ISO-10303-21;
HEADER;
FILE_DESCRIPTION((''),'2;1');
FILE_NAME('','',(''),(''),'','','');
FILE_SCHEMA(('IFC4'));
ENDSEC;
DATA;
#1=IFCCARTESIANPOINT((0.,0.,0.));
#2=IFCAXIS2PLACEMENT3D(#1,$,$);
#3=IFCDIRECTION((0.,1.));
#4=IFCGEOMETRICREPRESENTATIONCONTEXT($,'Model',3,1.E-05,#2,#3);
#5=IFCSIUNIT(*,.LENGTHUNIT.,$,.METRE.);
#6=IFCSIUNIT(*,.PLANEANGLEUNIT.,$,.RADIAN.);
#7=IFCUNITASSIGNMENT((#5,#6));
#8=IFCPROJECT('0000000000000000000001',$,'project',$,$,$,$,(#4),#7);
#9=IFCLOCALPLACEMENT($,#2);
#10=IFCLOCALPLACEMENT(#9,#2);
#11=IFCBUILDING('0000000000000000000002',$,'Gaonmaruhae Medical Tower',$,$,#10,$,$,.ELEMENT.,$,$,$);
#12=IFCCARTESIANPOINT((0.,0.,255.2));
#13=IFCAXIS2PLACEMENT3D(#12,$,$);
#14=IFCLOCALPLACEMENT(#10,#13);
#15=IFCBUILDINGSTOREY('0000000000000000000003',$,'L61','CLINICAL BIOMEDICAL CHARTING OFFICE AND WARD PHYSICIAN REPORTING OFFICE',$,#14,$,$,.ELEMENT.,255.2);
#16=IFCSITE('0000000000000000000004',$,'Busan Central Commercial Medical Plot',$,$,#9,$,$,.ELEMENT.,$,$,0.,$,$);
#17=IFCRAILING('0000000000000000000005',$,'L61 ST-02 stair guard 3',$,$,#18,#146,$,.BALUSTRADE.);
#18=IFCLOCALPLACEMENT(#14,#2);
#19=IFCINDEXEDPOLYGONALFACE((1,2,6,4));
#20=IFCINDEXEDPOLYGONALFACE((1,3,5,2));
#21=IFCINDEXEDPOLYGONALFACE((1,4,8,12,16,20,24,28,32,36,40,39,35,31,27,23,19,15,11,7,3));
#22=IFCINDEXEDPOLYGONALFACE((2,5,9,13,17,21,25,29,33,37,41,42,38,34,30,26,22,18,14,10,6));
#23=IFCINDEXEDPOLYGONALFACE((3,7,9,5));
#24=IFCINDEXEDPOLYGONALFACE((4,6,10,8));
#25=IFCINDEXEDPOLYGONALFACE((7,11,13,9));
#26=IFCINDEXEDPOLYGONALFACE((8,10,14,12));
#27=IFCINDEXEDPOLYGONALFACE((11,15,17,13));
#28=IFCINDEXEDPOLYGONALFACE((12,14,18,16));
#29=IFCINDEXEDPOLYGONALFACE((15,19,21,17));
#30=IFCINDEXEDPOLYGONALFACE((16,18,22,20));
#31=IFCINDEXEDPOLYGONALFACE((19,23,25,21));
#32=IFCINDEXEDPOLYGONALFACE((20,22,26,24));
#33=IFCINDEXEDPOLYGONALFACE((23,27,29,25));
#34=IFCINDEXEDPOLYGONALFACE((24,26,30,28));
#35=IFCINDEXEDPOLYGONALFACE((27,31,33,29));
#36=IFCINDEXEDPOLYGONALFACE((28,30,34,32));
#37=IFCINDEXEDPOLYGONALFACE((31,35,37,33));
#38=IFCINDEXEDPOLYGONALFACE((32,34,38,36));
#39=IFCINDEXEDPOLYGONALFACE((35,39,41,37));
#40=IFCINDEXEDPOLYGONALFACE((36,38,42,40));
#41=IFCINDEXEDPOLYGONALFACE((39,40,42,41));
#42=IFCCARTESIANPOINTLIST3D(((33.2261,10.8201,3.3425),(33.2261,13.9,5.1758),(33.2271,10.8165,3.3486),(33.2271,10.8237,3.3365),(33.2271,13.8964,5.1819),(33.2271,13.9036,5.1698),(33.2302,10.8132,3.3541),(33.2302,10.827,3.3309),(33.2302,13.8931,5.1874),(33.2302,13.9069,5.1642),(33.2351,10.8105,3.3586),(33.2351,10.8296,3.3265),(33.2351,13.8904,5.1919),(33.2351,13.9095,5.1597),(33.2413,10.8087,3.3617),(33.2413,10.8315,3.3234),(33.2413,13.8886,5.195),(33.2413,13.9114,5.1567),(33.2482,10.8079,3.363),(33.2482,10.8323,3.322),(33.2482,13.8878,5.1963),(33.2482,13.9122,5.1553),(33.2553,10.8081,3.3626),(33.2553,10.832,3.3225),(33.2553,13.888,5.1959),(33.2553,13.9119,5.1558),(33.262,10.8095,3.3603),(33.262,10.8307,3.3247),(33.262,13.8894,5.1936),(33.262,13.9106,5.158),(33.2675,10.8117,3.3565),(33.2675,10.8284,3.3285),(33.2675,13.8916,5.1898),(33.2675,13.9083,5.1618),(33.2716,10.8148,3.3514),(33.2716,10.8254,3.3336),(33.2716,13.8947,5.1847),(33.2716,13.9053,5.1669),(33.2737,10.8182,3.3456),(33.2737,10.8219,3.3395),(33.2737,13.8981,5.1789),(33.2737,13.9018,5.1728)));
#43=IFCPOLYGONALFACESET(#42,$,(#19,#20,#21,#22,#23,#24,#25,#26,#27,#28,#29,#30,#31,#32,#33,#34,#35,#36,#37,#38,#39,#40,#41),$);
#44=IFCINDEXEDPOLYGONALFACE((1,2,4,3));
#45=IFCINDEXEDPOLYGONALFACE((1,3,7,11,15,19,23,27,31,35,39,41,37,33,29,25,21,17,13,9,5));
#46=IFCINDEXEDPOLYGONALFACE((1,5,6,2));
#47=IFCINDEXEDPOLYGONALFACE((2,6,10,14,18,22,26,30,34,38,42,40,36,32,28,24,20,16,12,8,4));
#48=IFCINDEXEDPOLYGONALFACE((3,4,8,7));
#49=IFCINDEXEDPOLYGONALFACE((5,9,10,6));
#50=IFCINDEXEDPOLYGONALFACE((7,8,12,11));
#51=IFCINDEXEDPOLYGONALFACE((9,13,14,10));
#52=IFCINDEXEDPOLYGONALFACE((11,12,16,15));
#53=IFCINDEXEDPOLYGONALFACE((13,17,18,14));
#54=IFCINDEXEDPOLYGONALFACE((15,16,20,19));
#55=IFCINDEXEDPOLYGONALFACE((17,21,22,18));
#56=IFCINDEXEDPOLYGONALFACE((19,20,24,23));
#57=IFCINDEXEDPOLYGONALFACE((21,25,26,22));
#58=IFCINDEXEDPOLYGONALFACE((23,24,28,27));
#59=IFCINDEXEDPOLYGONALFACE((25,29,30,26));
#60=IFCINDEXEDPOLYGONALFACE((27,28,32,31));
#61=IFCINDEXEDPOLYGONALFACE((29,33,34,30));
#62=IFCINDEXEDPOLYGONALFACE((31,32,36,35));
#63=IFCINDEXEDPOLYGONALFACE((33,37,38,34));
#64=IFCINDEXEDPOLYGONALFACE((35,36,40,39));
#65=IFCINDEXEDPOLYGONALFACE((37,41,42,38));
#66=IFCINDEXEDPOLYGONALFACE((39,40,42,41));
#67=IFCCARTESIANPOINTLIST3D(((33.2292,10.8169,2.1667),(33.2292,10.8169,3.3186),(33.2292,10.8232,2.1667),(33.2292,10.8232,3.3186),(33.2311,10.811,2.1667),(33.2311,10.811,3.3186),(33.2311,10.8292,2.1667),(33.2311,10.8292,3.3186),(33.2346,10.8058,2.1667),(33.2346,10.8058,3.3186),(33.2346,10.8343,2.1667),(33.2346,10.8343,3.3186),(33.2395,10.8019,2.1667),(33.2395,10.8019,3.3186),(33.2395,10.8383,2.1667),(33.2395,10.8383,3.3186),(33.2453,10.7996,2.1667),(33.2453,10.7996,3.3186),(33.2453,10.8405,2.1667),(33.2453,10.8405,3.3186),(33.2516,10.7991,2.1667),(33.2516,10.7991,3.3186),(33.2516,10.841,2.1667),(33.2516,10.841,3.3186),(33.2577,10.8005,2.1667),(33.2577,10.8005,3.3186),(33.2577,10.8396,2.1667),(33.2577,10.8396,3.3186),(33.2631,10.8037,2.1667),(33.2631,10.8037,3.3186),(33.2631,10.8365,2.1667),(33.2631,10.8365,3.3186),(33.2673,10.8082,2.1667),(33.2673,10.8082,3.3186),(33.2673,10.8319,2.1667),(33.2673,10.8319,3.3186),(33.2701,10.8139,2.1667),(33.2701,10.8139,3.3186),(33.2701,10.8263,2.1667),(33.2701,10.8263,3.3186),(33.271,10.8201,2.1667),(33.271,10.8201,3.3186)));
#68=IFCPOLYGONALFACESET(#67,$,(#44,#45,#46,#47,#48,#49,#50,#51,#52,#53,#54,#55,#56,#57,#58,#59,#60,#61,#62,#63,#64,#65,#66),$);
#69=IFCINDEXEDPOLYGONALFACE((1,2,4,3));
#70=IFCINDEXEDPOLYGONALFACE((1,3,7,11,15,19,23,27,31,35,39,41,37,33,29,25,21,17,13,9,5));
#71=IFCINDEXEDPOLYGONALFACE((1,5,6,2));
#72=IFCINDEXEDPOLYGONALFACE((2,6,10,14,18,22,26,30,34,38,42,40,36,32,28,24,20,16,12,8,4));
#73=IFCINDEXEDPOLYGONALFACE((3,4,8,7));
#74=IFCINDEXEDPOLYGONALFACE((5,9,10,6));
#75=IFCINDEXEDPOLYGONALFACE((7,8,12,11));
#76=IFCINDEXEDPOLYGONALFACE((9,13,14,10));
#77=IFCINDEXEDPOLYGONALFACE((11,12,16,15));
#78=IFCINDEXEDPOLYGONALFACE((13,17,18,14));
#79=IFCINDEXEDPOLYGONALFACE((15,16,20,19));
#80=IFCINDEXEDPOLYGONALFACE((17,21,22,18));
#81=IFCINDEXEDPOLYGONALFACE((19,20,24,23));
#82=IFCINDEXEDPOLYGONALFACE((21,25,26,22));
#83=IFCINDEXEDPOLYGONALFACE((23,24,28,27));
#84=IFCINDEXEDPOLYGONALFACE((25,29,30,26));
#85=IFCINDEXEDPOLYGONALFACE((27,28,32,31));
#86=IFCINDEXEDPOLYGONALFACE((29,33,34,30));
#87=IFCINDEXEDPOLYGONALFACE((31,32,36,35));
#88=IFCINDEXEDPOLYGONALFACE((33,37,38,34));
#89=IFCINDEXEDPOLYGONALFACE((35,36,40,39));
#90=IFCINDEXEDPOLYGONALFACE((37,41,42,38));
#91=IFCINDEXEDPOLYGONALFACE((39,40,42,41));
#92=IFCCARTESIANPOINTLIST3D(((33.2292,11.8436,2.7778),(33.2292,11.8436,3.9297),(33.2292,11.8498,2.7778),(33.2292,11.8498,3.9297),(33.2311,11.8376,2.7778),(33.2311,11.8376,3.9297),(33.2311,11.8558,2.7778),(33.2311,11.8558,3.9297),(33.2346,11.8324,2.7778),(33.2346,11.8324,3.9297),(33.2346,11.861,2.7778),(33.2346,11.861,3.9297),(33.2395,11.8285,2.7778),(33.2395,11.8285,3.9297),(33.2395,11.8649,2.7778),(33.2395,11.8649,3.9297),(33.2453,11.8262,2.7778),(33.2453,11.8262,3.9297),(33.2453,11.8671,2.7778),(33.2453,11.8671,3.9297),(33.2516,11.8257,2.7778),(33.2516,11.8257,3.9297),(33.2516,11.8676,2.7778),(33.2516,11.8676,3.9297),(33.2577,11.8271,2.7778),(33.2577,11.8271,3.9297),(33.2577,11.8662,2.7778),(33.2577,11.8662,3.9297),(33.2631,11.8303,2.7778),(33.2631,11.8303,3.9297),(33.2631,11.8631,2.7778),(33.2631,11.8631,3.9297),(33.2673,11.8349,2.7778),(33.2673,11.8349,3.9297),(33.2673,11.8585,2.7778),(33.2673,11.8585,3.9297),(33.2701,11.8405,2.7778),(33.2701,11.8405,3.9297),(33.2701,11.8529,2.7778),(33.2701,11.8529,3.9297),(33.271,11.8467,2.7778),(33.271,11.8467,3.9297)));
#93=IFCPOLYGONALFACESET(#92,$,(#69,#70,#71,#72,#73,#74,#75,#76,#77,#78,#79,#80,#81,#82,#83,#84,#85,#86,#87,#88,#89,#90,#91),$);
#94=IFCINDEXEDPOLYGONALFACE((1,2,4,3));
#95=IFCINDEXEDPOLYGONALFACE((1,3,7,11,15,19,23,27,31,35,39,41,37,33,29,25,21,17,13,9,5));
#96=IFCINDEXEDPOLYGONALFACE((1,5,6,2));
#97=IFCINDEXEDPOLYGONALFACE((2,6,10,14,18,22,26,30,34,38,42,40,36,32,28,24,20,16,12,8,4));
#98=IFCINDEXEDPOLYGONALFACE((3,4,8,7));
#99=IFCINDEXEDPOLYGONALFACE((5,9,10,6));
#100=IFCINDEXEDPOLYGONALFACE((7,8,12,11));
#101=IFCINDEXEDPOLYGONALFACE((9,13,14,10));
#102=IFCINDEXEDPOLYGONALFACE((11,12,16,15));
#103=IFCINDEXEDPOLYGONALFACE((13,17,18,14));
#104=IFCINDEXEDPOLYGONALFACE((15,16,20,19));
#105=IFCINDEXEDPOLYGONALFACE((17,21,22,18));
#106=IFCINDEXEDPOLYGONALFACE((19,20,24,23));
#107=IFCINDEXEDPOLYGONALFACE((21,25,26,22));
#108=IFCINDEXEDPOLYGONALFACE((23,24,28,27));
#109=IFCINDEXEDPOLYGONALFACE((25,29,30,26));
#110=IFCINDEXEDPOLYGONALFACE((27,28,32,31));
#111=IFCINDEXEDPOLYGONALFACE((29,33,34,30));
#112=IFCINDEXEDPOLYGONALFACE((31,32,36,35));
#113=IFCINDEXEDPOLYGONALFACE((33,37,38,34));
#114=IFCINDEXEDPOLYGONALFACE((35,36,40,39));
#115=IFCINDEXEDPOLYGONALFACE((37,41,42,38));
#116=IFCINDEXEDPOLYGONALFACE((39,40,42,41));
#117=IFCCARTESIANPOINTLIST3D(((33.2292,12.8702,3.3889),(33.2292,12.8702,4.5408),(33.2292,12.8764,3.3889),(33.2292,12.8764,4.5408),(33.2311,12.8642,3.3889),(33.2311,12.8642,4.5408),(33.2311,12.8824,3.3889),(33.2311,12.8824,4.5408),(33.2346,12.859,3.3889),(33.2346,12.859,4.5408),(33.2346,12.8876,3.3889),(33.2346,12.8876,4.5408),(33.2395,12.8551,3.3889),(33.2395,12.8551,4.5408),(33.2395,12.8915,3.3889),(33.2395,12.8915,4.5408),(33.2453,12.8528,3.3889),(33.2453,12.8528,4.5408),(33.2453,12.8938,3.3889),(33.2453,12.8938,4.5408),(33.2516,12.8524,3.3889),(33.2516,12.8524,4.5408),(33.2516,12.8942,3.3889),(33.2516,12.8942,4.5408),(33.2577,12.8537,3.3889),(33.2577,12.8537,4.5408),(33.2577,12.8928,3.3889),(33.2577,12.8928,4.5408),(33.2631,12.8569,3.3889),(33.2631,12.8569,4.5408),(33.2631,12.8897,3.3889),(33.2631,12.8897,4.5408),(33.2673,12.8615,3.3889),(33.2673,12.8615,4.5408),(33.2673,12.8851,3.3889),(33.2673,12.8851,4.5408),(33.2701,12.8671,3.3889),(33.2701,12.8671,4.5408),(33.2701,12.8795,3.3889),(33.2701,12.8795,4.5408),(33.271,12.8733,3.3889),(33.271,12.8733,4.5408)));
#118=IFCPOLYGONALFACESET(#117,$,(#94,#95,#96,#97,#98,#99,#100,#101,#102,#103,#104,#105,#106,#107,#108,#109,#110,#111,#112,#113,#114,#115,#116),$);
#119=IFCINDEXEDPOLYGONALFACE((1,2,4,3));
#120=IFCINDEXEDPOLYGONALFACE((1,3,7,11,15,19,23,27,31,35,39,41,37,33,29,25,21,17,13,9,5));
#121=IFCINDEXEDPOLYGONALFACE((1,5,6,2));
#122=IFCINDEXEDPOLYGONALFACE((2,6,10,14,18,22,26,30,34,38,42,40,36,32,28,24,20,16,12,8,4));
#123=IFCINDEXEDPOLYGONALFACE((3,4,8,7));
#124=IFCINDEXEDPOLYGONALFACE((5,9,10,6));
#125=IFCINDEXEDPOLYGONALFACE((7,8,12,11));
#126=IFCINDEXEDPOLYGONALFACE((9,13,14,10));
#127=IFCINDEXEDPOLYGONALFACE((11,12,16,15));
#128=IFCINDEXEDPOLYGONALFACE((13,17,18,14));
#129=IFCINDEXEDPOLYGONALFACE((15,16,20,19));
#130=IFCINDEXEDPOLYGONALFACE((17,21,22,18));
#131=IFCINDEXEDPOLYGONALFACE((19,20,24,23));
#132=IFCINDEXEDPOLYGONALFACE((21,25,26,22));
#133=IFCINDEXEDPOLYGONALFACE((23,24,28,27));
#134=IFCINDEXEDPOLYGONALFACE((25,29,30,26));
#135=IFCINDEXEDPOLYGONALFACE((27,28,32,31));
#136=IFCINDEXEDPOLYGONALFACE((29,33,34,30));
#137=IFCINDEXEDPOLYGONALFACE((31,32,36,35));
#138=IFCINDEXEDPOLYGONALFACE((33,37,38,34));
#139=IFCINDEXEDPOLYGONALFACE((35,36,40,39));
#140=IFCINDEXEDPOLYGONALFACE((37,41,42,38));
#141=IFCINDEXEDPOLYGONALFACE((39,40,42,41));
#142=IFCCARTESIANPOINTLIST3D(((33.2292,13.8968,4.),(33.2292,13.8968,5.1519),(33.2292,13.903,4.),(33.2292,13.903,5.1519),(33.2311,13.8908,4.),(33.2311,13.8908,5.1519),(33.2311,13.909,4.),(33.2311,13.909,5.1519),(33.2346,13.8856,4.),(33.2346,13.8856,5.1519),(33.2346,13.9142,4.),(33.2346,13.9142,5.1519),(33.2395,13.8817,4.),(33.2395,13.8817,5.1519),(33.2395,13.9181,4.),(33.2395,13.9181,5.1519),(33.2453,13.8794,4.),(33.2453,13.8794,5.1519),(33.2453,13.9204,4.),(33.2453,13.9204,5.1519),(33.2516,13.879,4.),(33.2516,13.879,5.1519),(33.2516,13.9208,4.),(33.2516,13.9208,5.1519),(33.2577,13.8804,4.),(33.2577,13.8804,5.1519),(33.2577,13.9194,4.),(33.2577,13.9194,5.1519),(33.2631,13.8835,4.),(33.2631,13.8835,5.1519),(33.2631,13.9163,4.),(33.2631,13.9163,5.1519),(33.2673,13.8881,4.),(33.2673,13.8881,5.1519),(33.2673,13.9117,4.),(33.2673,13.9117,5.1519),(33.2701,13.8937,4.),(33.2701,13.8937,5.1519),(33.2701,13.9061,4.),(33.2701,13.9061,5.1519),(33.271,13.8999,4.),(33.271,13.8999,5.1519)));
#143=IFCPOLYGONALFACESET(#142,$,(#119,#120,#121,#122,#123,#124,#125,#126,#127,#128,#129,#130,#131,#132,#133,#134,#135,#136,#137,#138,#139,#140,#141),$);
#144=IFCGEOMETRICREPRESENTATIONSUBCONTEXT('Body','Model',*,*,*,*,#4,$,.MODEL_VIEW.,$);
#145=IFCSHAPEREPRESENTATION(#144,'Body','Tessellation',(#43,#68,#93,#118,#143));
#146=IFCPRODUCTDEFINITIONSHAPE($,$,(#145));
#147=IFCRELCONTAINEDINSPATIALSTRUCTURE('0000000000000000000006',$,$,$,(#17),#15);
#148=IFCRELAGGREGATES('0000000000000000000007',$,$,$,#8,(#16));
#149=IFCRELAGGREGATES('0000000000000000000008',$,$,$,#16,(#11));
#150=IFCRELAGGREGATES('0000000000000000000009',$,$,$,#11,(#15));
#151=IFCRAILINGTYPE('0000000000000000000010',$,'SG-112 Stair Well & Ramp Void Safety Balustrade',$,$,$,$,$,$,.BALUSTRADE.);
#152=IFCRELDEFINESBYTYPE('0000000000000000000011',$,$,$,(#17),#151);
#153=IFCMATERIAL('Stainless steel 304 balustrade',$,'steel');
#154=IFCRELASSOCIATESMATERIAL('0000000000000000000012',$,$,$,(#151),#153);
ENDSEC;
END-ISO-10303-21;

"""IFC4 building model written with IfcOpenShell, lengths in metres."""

from ifc_helpers import new_model, si_unit, direction, frame, origin, origin_2d, place, context, subcontext, project, spatial, circle, extrude, material, type_object, element, save


model = new_model("IFC4")

# Units and contexts
model_context = context("Model", 3, precision=1e-05, world=origin(), true_north=direction((0.0, 1.0)))
body_context = subcontext(model_context, "Body", "Model", "MODEL_VIEW")
ifc_project = project(units=[si_unit("LENGTHUNIT", "METRE"), si_unit("PLANEANGLEUNIT", "RADIAN")], contexts=[model_context])

# Site, building, storey
site_placement = place(None, origin())
site = spatial("IfcSite", under=ifc_project, at=site_placement, Name="Busan Central Commercial Medical Plot", CompositionType="ELEMENT", RefElevation=0.0)
building_placement = place(site_placement, origin())
building = spatial("IfcBuilding", under=site, at=building_placement, Name="Gaonmaruhae Medical Tower", CompositionType="ELEMENT")
storey_placement = place(building_placement, frame((0.0, 0.0, 255.2)))
storey = spatial("IfcBuildingStorey", under=building, at=storey_placement, Name="L61", Description="CLINICAL BIOMEDICAL CHARTING OFFICE AND WARD PHYSICIAN REPORTING OFFICE", CompositionType="ELEMENT", Elevation=255.2)

# Railing
ifc_material_1 = material(Name="Stainless steel 304 balustrade", Category="steel")
railing_type_1 = type_object("IfcRailingType", Name="SG-112 Stair Well & Ramp Void Safety Balustrade", PredefinedType="BALUSTRADE", material=ifc_material_1)
railing_1_placement = place(storey_placement, frame((33.25, 10.8201, 2.1667)))
element("IfcRailing", 1, at=railing_1_placement, inside=storey, type_object=railing_type_1, Name="L61 ST-02 stair guard 3", PredefinedType="BALUSTRADE", context=body_context, shape_type="SweptSolid", body=[
    extrude(circle(Radius=0.0239, at=origin_2d()), frame((0.0, 0.0, 1.1758), z_axis=(0.0, 0.859291, 0.511487), x_axis=(-1.0, 0.0, 0.0)), (0.0, 0.0, 1.0), 3.5842),
    extrude(circle(Radius=0.021, at=origin_2d()), origin(), (0.0, 0.0, 1.0), 1.1519),
    extrude(circle(Radius=0.021, at=origin_2d()), frame((0.0, 1.0266, 0.6111)), (0.0, 0.0, 1.0), 1.1519),
    extrude(circle(Radius=0.021, at=origin_2d()), frame((0.0, 2.0532, 1.2222)), (0.0, 0.0, 1.0), 1.1519),
    extrude(circle(Radius=0.021, at=origin_2d()), frame((0.0, 3.0798, 1.8333)), (0.0, 0.0, 1.0), 1.1519),
])

save(model, "model.ifc")
